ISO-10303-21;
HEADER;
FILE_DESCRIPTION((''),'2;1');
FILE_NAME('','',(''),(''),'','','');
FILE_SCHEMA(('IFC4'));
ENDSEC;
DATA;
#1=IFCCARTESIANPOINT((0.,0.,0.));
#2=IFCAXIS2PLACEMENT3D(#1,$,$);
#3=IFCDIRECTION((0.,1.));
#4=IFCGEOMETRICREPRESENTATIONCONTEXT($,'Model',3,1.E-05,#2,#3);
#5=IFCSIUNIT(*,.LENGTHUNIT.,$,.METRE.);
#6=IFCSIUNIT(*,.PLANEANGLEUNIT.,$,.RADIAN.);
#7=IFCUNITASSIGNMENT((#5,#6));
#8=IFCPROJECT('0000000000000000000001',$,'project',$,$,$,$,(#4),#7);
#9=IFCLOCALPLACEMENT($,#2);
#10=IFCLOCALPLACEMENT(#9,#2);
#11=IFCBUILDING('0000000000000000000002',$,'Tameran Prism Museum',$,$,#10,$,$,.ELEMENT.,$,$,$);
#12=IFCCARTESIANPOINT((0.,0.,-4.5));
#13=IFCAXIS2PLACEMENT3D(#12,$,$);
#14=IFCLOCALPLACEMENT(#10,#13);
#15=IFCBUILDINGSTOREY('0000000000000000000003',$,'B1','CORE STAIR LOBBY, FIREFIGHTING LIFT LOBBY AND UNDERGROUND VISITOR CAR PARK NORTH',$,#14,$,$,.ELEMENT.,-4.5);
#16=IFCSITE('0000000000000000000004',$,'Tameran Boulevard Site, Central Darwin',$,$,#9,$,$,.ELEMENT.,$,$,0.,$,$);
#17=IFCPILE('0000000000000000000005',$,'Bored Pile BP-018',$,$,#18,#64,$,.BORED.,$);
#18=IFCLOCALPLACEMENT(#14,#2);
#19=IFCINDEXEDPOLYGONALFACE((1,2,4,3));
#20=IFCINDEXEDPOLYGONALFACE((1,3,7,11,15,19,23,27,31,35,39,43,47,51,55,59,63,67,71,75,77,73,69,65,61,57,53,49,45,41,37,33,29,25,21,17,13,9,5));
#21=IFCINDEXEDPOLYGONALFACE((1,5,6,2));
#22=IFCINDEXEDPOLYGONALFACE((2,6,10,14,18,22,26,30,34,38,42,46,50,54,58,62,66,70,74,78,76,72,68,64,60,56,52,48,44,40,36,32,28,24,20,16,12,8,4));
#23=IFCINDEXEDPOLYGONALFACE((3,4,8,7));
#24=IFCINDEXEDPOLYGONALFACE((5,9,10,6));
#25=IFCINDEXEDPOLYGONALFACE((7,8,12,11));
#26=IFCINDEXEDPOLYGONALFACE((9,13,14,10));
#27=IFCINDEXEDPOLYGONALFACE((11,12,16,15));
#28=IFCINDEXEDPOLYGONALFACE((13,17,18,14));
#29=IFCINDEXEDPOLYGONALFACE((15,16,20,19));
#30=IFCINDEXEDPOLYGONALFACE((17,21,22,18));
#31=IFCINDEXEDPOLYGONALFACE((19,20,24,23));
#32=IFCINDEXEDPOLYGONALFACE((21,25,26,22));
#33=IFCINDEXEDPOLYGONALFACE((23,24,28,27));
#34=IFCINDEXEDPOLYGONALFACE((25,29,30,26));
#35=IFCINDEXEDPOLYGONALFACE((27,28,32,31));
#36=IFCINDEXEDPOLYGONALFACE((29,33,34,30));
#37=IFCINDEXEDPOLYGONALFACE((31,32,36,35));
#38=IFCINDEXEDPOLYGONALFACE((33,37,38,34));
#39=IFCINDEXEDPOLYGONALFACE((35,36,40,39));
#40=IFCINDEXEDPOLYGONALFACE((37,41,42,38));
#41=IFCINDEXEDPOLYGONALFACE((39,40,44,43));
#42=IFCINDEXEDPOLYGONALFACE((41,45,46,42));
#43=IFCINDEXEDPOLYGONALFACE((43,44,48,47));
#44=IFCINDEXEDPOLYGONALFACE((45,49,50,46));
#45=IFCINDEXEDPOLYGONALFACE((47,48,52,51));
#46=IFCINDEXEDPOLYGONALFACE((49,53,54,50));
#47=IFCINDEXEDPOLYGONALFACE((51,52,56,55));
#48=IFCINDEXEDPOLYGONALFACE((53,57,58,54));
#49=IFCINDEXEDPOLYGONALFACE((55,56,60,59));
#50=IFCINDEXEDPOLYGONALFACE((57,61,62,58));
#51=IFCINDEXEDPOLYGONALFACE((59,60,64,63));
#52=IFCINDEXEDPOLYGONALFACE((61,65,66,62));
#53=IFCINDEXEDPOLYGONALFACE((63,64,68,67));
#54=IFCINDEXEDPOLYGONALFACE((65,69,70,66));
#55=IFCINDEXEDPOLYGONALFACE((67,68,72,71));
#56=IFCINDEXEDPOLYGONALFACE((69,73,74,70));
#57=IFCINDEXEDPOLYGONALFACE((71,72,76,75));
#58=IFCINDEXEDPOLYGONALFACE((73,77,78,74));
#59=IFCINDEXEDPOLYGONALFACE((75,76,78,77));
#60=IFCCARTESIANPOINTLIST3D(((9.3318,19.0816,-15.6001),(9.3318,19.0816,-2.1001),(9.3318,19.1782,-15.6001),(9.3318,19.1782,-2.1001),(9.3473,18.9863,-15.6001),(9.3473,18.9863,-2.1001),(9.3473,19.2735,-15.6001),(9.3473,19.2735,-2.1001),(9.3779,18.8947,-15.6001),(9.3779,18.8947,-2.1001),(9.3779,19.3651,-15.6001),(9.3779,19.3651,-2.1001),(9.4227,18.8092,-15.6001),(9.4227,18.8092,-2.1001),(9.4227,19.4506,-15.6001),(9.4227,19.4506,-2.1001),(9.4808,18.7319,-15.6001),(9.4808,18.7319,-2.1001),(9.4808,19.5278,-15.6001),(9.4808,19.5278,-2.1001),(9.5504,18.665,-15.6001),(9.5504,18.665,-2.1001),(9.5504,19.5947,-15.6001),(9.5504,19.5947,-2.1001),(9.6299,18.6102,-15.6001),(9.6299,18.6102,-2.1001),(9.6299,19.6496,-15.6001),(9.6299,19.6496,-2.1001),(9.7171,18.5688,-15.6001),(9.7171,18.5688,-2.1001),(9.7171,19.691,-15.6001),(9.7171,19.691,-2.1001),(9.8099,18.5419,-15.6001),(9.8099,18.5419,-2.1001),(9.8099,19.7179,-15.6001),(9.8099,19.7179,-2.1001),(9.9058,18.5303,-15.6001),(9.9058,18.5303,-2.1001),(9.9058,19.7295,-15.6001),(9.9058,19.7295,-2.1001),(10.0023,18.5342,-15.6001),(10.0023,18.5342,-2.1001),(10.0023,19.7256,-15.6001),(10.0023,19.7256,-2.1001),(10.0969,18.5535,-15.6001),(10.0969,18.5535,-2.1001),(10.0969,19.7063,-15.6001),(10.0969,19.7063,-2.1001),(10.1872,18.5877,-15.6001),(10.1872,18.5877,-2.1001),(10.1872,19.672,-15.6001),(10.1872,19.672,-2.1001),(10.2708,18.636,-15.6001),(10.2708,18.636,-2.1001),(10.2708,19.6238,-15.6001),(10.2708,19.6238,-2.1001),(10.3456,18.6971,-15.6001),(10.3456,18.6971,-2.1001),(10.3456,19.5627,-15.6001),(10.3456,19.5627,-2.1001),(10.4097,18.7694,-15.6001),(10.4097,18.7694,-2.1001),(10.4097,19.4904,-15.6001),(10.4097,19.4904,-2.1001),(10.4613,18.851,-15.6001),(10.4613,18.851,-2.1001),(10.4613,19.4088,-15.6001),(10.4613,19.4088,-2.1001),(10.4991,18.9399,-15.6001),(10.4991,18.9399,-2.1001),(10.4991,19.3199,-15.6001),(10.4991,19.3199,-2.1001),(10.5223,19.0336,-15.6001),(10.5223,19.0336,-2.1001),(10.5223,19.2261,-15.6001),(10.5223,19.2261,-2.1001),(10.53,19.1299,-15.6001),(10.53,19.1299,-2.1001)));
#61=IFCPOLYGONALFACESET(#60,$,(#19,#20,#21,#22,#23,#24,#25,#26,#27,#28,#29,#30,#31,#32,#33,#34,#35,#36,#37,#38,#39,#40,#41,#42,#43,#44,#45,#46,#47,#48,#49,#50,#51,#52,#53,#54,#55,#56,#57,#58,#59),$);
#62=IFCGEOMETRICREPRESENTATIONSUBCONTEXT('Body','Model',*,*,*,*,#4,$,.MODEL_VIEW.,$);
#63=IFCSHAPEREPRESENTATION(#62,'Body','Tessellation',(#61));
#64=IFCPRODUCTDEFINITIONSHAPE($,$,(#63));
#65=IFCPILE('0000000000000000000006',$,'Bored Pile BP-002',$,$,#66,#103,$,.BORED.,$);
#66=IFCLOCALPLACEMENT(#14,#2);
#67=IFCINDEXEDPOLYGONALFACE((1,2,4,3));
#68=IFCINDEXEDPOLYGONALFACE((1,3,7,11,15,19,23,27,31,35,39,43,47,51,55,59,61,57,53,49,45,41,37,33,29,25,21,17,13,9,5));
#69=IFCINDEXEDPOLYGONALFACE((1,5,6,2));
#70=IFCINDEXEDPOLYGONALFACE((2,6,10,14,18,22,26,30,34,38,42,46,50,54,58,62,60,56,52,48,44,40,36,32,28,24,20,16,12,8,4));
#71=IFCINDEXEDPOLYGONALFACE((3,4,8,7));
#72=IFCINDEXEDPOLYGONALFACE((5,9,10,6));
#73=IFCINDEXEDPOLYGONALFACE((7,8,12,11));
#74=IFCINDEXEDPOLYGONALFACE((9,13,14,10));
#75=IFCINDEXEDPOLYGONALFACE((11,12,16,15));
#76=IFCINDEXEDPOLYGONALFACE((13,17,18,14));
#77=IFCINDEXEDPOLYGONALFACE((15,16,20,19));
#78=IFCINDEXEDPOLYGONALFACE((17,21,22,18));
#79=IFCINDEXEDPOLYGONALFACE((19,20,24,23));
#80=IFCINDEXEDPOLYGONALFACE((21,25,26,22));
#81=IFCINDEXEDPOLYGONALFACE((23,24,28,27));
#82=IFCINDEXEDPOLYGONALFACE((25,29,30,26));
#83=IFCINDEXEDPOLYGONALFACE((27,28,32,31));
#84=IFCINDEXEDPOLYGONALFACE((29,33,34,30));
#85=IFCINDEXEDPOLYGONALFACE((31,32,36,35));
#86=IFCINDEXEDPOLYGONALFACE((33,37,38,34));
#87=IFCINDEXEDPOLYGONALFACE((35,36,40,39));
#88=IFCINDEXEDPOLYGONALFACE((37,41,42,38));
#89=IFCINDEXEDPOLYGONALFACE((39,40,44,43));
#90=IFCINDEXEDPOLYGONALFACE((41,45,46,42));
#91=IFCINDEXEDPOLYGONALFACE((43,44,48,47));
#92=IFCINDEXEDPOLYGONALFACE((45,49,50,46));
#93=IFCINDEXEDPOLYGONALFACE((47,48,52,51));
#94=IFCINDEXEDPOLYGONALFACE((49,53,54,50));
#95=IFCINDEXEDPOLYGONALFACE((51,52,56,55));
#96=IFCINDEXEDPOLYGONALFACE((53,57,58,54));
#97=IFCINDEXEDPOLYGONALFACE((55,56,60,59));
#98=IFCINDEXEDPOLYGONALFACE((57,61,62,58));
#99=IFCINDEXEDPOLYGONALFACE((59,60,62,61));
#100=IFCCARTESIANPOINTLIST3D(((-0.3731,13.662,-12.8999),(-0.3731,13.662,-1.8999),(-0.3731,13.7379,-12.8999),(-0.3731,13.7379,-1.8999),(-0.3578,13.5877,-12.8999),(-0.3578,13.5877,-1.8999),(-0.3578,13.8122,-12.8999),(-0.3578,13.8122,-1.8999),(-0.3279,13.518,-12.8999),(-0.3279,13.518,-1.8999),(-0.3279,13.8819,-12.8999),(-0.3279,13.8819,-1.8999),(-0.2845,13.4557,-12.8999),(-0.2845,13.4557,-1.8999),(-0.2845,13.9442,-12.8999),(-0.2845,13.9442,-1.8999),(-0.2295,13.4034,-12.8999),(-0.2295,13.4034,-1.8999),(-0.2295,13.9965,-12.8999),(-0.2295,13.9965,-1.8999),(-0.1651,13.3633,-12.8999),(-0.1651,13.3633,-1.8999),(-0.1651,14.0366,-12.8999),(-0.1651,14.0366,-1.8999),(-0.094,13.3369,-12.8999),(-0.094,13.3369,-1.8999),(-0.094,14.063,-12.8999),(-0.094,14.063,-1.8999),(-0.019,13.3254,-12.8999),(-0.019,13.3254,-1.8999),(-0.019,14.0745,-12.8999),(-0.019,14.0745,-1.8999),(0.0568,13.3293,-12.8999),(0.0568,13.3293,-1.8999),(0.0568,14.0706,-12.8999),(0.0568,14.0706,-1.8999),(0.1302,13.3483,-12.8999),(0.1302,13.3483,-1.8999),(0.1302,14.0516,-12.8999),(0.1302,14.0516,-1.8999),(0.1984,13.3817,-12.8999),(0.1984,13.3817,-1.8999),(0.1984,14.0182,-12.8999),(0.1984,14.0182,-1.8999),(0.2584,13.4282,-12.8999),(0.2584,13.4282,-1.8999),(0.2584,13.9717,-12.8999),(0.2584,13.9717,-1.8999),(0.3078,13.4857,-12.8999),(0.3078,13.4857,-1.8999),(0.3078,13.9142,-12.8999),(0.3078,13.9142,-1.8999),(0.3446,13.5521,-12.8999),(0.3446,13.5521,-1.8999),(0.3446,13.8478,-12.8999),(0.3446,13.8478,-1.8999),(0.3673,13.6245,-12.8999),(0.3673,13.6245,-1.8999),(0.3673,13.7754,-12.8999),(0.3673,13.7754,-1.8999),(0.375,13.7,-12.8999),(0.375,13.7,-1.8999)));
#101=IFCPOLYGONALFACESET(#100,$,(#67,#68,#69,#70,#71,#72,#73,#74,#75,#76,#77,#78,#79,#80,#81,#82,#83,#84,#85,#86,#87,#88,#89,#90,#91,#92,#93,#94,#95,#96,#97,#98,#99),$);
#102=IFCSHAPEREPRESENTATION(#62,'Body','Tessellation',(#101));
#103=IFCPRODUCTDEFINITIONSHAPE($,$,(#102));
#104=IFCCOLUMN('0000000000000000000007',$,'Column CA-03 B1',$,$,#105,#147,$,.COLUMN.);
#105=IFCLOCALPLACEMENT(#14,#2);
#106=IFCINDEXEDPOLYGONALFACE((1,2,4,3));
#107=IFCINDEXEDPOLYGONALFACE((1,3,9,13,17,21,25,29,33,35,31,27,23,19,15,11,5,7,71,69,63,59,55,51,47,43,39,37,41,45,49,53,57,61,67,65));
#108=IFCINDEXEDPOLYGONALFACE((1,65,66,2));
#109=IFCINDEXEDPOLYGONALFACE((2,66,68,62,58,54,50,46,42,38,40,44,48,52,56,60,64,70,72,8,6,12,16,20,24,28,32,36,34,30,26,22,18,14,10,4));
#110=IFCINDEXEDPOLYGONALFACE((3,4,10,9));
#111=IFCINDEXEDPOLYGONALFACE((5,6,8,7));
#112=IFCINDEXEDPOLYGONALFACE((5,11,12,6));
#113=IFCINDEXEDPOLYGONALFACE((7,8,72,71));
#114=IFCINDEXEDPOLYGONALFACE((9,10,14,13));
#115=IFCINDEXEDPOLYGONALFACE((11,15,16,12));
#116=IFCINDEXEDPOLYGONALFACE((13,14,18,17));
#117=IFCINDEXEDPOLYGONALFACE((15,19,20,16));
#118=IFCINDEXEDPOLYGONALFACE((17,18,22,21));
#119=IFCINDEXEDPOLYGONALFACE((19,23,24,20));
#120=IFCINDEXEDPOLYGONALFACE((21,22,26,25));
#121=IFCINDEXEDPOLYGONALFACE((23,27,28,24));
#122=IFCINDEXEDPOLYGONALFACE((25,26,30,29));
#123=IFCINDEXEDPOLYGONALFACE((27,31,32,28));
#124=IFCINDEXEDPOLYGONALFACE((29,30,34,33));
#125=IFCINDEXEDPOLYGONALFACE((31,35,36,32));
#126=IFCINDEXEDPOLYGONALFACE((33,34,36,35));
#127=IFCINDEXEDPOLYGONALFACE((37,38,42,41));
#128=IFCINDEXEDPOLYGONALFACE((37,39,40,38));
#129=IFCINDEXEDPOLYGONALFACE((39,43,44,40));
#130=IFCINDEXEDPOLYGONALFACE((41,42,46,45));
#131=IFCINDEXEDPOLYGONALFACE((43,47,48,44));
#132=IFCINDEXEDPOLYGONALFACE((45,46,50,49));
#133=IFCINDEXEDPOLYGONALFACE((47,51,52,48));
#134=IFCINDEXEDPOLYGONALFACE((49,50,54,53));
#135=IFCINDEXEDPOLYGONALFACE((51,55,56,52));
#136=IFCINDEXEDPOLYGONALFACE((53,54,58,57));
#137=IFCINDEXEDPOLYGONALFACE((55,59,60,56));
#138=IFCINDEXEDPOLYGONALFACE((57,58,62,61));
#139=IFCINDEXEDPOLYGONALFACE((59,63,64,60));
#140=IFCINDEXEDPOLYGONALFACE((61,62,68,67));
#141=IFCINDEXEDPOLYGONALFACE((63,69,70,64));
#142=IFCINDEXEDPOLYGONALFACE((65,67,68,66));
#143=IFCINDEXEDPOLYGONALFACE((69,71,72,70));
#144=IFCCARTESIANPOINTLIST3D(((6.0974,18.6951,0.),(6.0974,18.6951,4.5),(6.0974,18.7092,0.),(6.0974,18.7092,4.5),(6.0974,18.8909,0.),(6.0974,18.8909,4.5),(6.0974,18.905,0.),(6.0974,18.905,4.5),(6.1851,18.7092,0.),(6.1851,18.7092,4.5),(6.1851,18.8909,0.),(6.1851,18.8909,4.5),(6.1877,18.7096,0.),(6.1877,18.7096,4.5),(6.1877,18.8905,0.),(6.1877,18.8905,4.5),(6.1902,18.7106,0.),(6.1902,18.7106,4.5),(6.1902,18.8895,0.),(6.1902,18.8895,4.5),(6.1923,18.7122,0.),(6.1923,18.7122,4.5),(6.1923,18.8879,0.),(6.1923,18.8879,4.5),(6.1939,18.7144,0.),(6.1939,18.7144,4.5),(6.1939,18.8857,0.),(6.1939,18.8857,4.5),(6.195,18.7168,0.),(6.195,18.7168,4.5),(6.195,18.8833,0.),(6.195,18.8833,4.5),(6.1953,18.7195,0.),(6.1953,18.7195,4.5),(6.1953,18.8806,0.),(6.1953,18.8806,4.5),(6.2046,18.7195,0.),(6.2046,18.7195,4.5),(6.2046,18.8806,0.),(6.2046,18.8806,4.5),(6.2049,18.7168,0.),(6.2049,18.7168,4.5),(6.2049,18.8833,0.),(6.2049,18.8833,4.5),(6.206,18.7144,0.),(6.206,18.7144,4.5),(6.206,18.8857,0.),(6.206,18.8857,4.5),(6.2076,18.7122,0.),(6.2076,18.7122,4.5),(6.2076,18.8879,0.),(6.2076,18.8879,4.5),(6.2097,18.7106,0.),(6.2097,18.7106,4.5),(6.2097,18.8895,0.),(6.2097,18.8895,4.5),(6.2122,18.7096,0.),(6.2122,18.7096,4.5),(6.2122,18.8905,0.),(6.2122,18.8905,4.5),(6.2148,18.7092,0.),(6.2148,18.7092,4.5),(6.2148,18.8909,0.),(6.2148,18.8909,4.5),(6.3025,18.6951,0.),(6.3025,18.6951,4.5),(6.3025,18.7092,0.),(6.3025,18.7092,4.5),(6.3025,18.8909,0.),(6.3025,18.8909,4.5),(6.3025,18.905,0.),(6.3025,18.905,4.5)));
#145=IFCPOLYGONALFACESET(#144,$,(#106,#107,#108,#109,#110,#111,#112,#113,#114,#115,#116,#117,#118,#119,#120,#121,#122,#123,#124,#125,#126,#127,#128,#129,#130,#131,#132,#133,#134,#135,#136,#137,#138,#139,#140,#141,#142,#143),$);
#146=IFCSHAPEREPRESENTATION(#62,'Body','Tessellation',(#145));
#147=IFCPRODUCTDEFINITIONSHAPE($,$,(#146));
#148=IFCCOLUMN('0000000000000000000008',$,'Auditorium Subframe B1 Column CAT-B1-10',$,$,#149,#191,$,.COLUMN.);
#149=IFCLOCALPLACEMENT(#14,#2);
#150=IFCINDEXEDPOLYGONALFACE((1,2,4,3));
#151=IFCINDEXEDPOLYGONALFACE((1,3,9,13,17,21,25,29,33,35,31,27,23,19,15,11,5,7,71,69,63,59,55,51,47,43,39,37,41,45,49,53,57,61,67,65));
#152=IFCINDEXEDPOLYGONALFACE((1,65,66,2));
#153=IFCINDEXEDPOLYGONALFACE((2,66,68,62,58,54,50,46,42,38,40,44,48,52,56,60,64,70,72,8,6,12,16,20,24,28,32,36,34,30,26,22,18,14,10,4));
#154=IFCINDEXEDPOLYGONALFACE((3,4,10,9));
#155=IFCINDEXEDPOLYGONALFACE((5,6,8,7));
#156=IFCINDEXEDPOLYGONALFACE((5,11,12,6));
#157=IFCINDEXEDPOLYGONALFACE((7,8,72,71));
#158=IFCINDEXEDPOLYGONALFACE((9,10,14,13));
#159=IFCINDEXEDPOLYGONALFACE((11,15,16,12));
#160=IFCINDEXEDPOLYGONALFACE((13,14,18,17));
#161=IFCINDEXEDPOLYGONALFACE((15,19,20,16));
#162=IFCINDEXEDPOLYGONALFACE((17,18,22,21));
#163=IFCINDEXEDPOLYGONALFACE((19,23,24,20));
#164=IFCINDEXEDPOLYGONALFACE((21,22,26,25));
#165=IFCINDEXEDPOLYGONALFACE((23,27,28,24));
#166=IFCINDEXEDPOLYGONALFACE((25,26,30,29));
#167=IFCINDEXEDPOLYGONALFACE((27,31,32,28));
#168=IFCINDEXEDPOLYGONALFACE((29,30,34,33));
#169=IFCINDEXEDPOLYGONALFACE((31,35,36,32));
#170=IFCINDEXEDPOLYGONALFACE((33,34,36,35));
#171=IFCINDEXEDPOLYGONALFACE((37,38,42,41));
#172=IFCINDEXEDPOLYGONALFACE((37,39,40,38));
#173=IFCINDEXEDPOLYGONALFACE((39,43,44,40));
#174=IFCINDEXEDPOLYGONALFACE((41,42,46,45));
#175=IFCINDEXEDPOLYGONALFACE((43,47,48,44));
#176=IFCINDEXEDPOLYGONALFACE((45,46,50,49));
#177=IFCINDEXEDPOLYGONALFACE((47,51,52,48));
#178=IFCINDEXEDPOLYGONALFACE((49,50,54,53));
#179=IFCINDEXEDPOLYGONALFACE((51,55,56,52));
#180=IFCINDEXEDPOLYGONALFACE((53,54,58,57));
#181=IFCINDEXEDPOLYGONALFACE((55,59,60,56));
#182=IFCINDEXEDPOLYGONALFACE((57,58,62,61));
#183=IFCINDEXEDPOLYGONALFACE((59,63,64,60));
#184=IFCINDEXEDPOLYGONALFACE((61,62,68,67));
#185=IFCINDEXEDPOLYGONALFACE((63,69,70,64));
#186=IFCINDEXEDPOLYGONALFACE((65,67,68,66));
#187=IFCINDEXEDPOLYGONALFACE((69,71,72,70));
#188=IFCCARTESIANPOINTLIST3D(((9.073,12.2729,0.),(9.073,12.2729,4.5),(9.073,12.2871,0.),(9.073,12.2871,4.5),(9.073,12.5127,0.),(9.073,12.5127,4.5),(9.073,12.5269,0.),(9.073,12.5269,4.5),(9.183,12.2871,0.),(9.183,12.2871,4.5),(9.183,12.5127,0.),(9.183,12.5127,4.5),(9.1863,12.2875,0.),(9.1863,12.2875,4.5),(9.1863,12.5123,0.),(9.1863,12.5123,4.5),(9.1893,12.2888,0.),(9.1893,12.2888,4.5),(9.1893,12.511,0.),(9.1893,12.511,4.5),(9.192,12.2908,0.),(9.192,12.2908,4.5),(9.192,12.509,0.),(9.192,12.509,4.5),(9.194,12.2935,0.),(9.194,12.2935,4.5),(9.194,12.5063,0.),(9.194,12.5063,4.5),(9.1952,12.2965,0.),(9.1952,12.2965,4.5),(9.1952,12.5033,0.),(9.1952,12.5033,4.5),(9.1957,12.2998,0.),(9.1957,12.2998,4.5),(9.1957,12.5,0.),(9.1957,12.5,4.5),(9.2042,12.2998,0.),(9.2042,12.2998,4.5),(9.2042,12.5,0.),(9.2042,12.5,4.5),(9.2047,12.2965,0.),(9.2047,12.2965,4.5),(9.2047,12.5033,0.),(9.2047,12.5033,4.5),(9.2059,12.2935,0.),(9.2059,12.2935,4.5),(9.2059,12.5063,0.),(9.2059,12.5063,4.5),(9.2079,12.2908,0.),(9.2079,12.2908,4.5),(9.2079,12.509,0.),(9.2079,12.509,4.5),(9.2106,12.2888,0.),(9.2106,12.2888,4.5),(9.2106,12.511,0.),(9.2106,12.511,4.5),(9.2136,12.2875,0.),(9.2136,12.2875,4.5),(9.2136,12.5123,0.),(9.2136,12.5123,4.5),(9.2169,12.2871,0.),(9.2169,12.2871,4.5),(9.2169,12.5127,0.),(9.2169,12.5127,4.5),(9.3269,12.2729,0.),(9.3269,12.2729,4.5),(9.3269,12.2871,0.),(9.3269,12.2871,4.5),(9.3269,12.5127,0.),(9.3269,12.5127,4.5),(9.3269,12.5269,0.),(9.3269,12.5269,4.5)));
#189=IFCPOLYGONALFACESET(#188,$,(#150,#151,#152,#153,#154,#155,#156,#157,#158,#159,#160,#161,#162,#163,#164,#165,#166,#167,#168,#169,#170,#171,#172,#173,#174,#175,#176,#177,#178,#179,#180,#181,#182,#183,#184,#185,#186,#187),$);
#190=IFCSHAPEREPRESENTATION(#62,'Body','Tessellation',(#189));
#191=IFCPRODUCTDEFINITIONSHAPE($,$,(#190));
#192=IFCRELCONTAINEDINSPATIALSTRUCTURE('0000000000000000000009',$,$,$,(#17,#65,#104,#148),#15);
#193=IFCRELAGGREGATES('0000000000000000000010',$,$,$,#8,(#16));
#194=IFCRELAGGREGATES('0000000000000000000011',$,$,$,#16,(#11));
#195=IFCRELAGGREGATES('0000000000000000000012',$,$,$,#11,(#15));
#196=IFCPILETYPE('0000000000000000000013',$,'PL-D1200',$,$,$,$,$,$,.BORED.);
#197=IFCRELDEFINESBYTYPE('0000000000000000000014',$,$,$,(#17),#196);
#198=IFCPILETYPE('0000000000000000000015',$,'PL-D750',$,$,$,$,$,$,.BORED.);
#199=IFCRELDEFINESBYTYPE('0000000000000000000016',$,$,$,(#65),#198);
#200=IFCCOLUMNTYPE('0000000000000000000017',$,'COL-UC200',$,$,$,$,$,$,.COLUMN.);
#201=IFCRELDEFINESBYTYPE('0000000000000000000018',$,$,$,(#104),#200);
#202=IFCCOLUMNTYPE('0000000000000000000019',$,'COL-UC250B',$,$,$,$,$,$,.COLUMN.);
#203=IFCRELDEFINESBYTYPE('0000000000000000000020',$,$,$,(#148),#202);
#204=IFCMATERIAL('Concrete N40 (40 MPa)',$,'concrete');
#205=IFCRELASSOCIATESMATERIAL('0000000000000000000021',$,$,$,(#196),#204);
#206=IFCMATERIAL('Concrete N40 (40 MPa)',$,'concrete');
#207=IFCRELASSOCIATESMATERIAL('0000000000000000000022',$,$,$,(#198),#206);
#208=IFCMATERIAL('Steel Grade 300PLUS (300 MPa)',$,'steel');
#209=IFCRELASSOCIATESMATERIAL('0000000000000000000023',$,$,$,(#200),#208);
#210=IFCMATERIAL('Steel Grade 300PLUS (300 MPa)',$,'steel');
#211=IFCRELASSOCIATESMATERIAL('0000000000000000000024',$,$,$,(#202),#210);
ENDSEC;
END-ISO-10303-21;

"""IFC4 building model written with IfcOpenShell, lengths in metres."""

from ifc_helpers import new_model, si_unit, direction, frame, origin, origin_2d, place, context, subcontext, project, spatial, circle, i_section, extrude, material, material_profile, profile_set, type_object, element, save


model = new_model("IFC4")

# Units and contexts
model_context = context("Model", 3, precision=1e-05, world=origin(), true_north=direction((0.0, 1.0)))
body_context = subcontext(model_context, "Body", "Model", "MODEL_VIEW")
ifc_project = project(units=[si_unit("LENGTHUNIT", "METRE"), si_unit("PLANEANGLEUNIT", "RADIAN")], contexts=[model_context])

# Site, building, storey
site_placement = place(None, origin())
site = spatial("IfcSite", under=ifc_project, at=site_placement, Name="Tameran Boulevard Site, Central Darwin", CompositionType="ELEMENT", RefElevation=0.0)
building_placement = place(site_placement, origin())
building = spatial("IfcBuilding", under=site, at=building_placement, Name="Tameran Prism Museum", CompositionType="ELEMENT")
storey_placement = place(building_placement, frame((0.0, 0.0, -4.5)))
storey = spatial("IfcBuildingStorey", under=building, at=storey_placement, Name="B1", Description="CORE STAIR LOBBY, FIREFIGHTING LIFT LOBBY AND UNDERGROUND VISITOR CAR PARK NORTH", CompositionType="ELEMENT", Elevation=-4.5)

# Piles
ifc_material_1 = material(Name="Concrete N40 (40 MPa)", Category="concrete")
ifc_material_profile_1 = material_profile(ifc_material_1, circle(Radius=0.6001, at=origin_2d()))
ifc_profile_set_1 = profile_set([ifc_material_profile_1])
pile_type_1 = type_object("IfcPileType", Name="PL-D1200", PredefinedType="BORED", material=ifc_profile_set_1)
for number, where, z_axis, x_axis, name in (
    (1, (9.9299, 19.1299, -2.1001), (0.0, 0.0, -1.0), (1.0, 0.0, 0.0), "Bored Pile BP-018"),
):
    element("IfcPile", number, at=place(storey_placement, frame(where, z_axis=z_axis, x_axis=x_axis)), inside=storey, type_object=pile_type_1, Name=name, PredefinedType="BORED", context=body_context, shape_type="SweptSolid", body=[
        extrude(circle(Radius=0.6001, at=origin_2d()), origin(), (0.0, 0.0, 1.0), 13.5),
    ])
ifc_material_2 = material(Name="Concrete N40 (40 MPa)", Category="concrete")
ifc_material_profile_2 = material_profile(ifc_material_2, circle(Radius=0.375, at=origin_2d()))
ifc_profile_set_2 = profile_set([ifc_material_profile_2])
pile_type_2 = type_object("IfcPileType", Name="PL-D750", PredefinedType="BORED", material=ifc_profile_set_2)
pile_placement = place(storey_placement, frame((0.0, 13.7, -1.8999), z_axis=(0.0, 0.0, -1.0), x_axis=(1.0, 0.0, 0.0)))
element("IfcPile", 2, at=pile_placement, inside=storey, type_object=pile_type_2, Name="Bored Pile BP-002", PredefinedType="BORED", context=body_context, shape_type="SweptSolid", body=[
    extrude(circle(Radius=0.375, at=origin_2d()), origin(), (0.0, 0.0, 1.0), 11.0),
])

# Columns
ifc_material_3 = material(Name="Steel Grade 300PLUS (300 MPa)", Category="steel")
ifc_material_profile_3 = material_profile(ifc_material_3, i_section(OverallWidth=0.2051, OverallDepth=0.21, WebThickness=0.0093, FlangeThickness=0.0142, FilletRadius=0.0103, at=origin_2d()))
ifc_profile_set_3 = profile_set([ifc_material_profile_3])
column_type_1 = type_object("IfcColumnType", Name="COL-UC200", PredefinedType="COLUMN", material=ifc_profile_set_3)
column_1_placement = place(storey_placement, frame((6.2, 18.8, 0.0), z_axis=(0.0, 0.0, 1.0), x_axis=(1.0, 0.0, 0.0)))
element("IfcColumn", 3, at=column_1_placement, inside=storey, type_object=column_type_1, Name="Column CA-03 B1", PredefinedType="COLUMN", context=body_context, shape_type="SweptSolid", body=[
    extrude(i_section(OverallWidth=0.2051, OverallDepth=0.21, WebThickness=0.0093, FlangeThickness=0.0142, FilletRadius=0.0103, at=origin_2d()), origin(), (0.0, 0.0, 1.0), 4.5),
])
ifc_material_4 = material(Name="Steel Grade 300PLUS (300 MPa)", Category="steel")
ifc_material_profile_4 = material_profile(ifc_material_4, i_section(OverallWidth=0.2539, OverallDepth=0.2539, WebThickness=0.0085, FlangeThickness=0.0142, FilletRadius=0.0127, at=origin_2d()))
ifc_profile_set_4 = profile_set([ifc_material_profile_4])
column_type_2 = type_object("IfcColumnType", Name="COL-UC250B", PredefinedType="COLUMN", material=ifc_profile_set_4)
for number, where, z_axis, x_axis, name in (
    (4, (9.2, 12.3999, 0.0), (0.0, 0.0, 1.0), (1.0, 0.0, 0.0), "Auditorium Subframe B1 Column CAT-B1-10"),
):
    element("IfcColumn", number, at=place(storey_placement, frame(where, z_axis=z_axis, x_axis=x_axis)), inside=storey, type_object=column_type_2, Name=name, PredefinedType="COLUMN", context=body_context, shape_type="SweptSolid", body=[
        extrude(i_section(OverallWidth=0.2539, OverallDepth=0.2539, WebThickness=0.0085, FlangeThickness=0.0142, FilletRadius=0.0127, at=origin_2d()), origin(), (0.0, 0.0, 1.0), 4.5),
    ])

save(model, "model.ifc")
